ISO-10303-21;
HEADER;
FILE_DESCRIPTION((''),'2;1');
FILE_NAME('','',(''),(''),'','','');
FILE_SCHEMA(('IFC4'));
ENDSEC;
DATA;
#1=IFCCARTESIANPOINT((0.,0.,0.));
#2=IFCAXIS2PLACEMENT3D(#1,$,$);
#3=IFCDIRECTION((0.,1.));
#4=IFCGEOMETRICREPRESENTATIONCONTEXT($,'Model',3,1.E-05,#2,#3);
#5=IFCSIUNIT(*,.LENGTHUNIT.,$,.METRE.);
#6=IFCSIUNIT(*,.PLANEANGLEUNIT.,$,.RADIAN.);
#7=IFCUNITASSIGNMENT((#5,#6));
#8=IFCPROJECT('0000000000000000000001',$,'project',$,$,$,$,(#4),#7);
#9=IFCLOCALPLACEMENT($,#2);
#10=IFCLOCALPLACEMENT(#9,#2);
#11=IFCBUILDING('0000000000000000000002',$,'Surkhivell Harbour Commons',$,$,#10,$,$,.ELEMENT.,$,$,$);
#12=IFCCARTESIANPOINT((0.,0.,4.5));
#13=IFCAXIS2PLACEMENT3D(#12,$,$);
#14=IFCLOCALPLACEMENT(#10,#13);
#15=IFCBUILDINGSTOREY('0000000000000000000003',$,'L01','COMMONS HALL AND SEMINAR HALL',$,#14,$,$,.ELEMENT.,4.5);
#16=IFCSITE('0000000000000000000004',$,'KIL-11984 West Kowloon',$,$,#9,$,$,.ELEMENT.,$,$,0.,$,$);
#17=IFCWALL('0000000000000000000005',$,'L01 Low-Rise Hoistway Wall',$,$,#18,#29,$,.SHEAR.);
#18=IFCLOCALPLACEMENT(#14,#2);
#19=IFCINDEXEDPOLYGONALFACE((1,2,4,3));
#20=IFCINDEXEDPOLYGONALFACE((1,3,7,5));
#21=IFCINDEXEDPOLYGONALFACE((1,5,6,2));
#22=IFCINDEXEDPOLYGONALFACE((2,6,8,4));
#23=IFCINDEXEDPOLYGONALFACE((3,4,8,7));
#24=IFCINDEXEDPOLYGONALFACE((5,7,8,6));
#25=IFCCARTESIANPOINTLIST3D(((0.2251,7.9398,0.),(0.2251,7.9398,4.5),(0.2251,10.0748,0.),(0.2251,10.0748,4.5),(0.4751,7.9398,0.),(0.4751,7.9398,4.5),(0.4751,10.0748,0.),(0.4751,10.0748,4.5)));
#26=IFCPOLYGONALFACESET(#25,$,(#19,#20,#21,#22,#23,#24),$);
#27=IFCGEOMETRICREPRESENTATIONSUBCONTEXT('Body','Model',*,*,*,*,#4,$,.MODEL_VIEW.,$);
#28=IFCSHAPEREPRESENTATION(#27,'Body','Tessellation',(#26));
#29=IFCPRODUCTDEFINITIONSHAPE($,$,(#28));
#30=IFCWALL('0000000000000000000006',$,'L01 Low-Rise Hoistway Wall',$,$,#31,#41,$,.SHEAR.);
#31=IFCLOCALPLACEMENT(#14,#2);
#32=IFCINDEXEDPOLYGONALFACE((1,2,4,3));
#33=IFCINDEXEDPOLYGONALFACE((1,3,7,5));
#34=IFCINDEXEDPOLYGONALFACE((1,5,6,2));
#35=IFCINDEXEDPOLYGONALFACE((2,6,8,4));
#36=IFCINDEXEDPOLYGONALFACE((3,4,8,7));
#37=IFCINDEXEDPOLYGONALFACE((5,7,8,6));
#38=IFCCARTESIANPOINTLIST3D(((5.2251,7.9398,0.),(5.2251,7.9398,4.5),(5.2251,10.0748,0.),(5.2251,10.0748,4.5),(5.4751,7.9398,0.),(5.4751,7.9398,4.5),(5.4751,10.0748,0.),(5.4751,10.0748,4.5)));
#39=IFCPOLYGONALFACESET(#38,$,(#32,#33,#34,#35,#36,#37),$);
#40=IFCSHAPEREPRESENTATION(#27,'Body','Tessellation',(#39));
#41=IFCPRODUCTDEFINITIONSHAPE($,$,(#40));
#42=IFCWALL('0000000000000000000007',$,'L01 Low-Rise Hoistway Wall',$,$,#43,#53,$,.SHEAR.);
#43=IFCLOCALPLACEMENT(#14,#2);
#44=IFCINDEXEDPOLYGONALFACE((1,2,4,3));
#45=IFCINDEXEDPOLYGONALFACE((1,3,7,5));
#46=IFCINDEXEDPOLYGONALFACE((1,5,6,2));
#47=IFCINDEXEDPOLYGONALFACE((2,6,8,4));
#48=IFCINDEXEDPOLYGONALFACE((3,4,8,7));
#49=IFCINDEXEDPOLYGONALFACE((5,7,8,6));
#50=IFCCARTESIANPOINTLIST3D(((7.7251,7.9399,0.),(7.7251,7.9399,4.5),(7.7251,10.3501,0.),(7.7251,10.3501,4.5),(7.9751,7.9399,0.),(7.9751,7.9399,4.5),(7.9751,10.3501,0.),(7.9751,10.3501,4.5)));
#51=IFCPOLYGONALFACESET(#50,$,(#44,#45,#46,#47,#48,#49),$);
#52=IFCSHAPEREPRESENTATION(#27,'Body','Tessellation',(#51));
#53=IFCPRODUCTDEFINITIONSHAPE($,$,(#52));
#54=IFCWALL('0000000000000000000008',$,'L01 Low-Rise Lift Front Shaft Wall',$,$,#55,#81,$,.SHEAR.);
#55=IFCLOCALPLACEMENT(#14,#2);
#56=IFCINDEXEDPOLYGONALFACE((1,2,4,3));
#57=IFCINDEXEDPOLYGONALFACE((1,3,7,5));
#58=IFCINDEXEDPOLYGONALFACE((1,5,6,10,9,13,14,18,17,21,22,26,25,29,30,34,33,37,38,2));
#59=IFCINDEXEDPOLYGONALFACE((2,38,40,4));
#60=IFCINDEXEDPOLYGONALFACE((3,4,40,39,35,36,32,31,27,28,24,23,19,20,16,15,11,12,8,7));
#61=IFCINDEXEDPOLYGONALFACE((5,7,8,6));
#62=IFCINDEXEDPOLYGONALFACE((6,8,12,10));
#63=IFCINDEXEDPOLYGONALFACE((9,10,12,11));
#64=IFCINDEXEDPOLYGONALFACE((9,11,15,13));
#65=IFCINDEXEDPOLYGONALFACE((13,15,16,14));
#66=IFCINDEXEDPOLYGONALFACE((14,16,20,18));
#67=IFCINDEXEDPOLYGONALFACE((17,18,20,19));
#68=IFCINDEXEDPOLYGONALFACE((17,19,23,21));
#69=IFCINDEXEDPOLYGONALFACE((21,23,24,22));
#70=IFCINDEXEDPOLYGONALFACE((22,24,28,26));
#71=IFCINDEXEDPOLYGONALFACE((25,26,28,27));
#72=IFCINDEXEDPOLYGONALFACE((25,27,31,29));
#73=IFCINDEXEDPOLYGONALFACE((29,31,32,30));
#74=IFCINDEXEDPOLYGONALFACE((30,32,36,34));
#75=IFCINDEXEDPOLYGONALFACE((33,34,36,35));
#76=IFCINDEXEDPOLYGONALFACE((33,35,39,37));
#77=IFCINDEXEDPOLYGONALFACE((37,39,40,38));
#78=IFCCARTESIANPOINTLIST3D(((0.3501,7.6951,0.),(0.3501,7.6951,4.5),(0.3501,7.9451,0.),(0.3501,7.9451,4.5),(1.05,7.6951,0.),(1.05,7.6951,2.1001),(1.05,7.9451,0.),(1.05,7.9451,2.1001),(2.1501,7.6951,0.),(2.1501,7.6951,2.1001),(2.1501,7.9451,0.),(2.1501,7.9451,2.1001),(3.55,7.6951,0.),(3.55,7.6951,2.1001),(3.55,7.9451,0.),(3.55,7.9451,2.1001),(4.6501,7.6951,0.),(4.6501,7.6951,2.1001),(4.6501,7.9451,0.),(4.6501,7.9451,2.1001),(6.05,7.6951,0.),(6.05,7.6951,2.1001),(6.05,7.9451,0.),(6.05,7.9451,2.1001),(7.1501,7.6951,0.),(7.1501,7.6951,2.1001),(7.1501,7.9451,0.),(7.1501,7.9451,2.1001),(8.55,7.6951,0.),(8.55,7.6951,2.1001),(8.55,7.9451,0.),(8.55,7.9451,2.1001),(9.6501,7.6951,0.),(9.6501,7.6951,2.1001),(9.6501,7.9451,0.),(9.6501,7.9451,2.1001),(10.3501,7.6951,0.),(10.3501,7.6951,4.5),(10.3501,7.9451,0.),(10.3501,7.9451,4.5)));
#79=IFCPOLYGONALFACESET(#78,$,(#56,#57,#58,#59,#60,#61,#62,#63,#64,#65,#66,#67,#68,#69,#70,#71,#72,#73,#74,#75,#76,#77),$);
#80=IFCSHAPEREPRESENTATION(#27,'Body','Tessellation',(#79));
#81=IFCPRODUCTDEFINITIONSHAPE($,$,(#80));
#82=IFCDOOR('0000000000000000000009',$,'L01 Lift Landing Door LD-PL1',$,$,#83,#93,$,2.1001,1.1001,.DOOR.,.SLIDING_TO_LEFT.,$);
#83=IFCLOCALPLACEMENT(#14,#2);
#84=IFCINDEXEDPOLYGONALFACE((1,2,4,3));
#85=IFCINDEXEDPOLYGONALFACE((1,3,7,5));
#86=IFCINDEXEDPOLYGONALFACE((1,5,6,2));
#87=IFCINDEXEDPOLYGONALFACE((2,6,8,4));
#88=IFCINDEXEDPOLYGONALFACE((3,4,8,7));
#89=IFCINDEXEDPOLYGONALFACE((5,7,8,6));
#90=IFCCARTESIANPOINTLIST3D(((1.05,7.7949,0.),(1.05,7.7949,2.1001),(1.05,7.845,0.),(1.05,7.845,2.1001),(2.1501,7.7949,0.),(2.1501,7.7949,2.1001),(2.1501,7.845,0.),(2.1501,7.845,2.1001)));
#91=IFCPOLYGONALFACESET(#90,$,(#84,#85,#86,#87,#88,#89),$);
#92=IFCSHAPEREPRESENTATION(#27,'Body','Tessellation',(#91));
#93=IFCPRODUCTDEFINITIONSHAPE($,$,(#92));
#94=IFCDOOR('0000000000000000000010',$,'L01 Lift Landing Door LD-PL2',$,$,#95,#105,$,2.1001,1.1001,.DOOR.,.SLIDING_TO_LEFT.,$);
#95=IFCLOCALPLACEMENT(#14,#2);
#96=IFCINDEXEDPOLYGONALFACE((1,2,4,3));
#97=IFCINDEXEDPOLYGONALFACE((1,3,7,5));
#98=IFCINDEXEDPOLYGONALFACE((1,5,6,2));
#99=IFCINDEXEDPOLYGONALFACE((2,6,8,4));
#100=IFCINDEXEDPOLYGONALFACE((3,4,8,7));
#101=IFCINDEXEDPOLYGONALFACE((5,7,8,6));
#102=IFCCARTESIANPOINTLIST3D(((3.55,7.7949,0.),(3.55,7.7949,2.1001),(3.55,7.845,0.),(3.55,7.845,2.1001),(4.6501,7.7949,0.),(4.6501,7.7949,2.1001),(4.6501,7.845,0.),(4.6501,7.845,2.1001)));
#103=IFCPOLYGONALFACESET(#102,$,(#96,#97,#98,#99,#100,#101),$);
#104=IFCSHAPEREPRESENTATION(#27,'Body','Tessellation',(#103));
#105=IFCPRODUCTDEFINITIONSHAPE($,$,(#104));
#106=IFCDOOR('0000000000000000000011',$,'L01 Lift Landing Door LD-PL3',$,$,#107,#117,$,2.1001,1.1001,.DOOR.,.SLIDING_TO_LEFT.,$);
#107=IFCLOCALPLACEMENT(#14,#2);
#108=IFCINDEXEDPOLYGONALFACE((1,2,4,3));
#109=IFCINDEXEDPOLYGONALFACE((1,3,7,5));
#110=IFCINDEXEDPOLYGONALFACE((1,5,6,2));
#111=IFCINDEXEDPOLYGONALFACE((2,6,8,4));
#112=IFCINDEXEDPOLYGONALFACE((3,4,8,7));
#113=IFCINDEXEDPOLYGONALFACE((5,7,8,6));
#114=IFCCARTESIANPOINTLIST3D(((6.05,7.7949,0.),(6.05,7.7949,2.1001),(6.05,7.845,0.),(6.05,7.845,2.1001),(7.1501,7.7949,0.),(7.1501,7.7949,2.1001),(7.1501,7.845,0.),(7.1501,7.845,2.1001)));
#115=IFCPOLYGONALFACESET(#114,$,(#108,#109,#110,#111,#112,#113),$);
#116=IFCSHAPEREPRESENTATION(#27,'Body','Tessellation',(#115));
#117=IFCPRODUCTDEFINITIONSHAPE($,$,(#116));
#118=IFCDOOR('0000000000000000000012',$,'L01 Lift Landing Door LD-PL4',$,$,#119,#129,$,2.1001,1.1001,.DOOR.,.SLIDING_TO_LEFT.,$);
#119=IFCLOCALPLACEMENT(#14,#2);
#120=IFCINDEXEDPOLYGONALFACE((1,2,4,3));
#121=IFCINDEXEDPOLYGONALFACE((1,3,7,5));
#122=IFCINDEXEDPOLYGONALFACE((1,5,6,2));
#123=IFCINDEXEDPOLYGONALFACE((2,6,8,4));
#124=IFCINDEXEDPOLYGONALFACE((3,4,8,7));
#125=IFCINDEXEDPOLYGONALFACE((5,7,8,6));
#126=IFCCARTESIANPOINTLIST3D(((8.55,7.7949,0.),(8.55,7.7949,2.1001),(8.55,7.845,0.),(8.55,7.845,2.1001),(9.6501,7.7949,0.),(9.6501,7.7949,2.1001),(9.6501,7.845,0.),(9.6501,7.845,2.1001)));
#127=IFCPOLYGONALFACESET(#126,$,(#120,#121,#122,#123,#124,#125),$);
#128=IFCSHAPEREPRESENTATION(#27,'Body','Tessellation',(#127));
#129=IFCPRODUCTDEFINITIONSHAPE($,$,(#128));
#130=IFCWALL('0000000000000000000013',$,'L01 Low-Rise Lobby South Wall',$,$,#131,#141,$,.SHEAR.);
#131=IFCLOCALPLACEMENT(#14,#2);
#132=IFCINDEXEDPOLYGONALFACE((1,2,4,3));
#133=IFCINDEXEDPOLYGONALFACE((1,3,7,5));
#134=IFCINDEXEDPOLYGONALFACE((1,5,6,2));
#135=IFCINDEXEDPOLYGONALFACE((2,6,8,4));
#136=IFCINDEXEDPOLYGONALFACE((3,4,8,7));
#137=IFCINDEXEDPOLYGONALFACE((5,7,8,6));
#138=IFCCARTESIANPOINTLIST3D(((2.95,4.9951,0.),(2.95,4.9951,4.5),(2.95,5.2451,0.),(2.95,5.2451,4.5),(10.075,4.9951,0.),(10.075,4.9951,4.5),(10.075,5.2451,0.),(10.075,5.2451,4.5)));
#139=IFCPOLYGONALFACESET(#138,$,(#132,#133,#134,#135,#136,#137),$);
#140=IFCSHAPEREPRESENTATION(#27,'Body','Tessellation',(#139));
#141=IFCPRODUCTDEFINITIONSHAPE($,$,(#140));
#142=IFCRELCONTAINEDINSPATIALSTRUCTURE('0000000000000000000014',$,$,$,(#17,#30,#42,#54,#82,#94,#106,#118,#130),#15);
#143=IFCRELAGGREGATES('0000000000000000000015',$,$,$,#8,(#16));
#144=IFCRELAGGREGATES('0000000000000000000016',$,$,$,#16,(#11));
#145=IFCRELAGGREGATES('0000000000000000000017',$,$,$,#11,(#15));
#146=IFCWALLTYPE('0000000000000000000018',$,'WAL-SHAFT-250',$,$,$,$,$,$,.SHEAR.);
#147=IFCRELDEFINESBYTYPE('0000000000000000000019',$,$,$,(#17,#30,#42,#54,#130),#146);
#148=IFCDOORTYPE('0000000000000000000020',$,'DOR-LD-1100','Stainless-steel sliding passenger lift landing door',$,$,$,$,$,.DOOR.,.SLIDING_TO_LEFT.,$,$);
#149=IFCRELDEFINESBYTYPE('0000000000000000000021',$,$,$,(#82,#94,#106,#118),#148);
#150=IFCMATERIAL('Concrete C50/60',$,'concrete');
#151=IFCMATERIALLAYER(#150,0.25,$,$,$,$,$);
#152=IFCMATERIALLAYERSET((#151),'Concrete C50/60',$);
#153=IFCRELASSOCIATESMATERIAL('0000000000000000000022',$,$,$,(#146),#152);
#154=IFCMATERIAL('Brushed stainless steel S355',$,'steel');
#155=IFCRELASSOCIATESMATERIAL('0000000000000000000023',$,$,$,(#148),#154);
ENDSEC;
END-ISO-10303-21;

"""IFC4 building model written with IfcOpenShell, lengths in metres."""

from ifc_helpers import new_model, si_unit, direction, frame, frame_2d, origin, place, context, subcontext, project, spatial, rectangle, extrude, material, layer, layer_set, type_object, element, fill, save


model = new_model("IFC4")

# Units and contexts
model_context = context("Model", 3, precision=1e-05, world=origin(), true_north=direction((0.0, 1.0)))
body_context = subcontext(model_context, "Body", "Model", "MODEL_VIEW")
ifc_project = project(units=[si_unit("LENGTHUNIT", "METRE"), si_unit("PLANEANGLEUNIT", "RADIAN")], contexts=[model_context])

# Site, building, storey
site_placement = place(None, origin())
site = spatial("IfcSite", under=ifc_project, at=site_placement, Name="KIL-11984 West Kowloon", CompositionType="ELEMENT", RefElevation=0.0)
building_placement = place(site_placement, origin())
building = spatial("IfcBuilding", under=site, at=building_placement, Name="Surkhivell Harbour Commons", CompositionType="ELEMENT")
storey_placement = place(building_placement, frame((0.0, 0.0, 4.5)))
storey = spatial("IfcBuildingStorey", under=building, at=storey_placement, Name="L01", Description="COMMONS HALL AND SEMINAR HALL", CompositionType="ELEMENT", Elevation=4.5)

# Walls
ifc_material_1 = material(Name="Concrete C50/60", Category="concrete")
ifc_layer_1 = layer(ifc_material_1, 0.25)
ifc_layer_set_1 = layer_set([ifc_layer_1], Name="Concrete C50/60")
wall_type_1 = type_object("IfcWallType", Name="WAL-SHAFT-250", PredefinedType="SHEAR", material=ifc_layer_set_1)
for number, where, z_axis, x_axis, name in (
    (1, (0.3501, 7.9399, 0.0), (0.0, 0.0, 1.0), (0.0, 1.0, 0.0), "L01 Low-Rise Hoistway Wall"),
    (2, (5.3501, 7.9399, 0.0), (0.0, 0.0, 1.0), (0.0, 1.0, 0.0), "L01 Low-Rise Hoistway Wall"),
):
    element("IfcWall", number, at=place(storey_placement, frame(where, z_axis=z_axis, x_axis=x_axis)), inside=storey, type_object=wall_type_1, Name=name, PredefinedType="SHEAR", context=body_context, shape_type="SweptSolid", body=[
        extrude(rectangle(XDim=2.135, YDim=0.25, at=frame_2d((1.0674, 0.0))), origin(), (0.0, 0.0, 1.0), 4.5),
    ])
wall_1_placement = place(storey_placement, frame((7.8501, 7.9399, 0.0), z_axis=(0.0, 0.0, 1.0), x_axis=(0.0, 1.0, 0.0)))
element("IfcWall", 3, at=wall_1_placement, inside=storey, type_object=wall_type_1, Name="L01 Low-Rise Hoistway Wall", PredefinedType="SHEAR", context=body_context, shape_type="SweptSolid", body=[
    extrude(rectangle(XDim=2.4102, YDim=0.25, at=frame_2d((1.2051, 0.0))), origin(), (0.0, 0.0, 1.0), 4.5),
])

# Wall, openings, doors
wall_2_placement = place(storey_placement, frame((0.3501, 7.8201, 0.0), z_axis=(0.0, 0.0, 1.0), x_axis=(1.0, 0.0, 0.0)))
wall_2 = element("IfcWall", 4, at=wall_2_placement, inside=storey, type_object=wall_type_1, Name="L01 Low-Rise Lift Front Shaft Wall", PredefinedType="SHEAR", context=body_context, shape_type="SweptSolid", body=[
    extrude(rectangle(XDim=10.0, YDim=0.25, at=frame_2d((5.0, 0.0))), origin(), (0.0, 0.0, 1.0), 4.5),
])
opening_1_placement = place(wall_2_placement, frame((0.7, 0.0, 0.0)))
opening_1 = element("IfcOpeningElement", 5, at=opening_1_placement, cuts=wall_2, PredefinedType="OPENING", context=body_context, shape_type="SweptSolid", body=[
    extrude(rectangle(XDim=1.1001, YDim=2.1001, at=frame_2d((0.55, 1.05))), frame((0.0, 0.135, 0.0), z_axis=(0.0, -1.0, 0.0), x_axis=(1.0, 0.0, 0.0)), (0.0, 0.0, 1.0), 0.27),
])
opening_2_placement = place(wall_2_placement, frame((3.2, 0.0, 0.0)))
opening_2 = element("IfcOpeningElement", 6, at=opening_2_placement, cuts=wall_2, PredefinedType="OPENING", context=body_context, shape_type="SweptSolid", body=[
    extrude(rectangle(XDim=1.1001, YDim=2.1001, at=frame_2d((0.55, 1.05))), frame((0.0, 0.135, 0.0), z_axis=(0.0, -1.0, 0.0), x_axis=(1.0, 0.0, 0.0)), (0.0, 0.0, 1.0), 0.27),
])
opening_3_placement = place(wall_2_placement, frame((5.7, 0.0, 0.0)))
opening_3 = element("IfcOpeningElement", 7, at=opening_3_placement, cuts=wall_2, PredefinedType="OPENING", context=body_context, shape_type="SweptSolid", body=[
    extrude(rectangle(XDim=1.1001, YDim=2.1001, at=frame_2d((0.55, 1.05))), frame((0.0, 0.135, 0.0), z_axis=(0.0, -1.0, 0.0), x_axis=(1.0, 0.0, 0.0)), (0.0, 0.0, 1.0), 0.27),
])
opening_4_placement = place(wall_2_placement, frame((8.2, 0.0, 0.0)))
opening_4 = element("IfcOpeningElement", 8, at=opening_4_placement, cuts=wall_2, PredefinedType="OPENING", context=body_context, shape_type="SweptSolid", body=[
    extrude(rectangle(XDim=1.1001, YDim=2.1001, at=frame_2d((0.55, 1.05))), frame((0.0, 0.135, 0.0), z_axis=(0.0, -1.0, 0.0), x_axis=(1.0, 0.0, 0.0)), (0.0, 0.0, 1.0), 0.27),
])
ifc_material_2 = material(Name="Brushed stainless steel S355", Category="steel")
door_type = type_object("IfcDoorType", Name="DOR-LD-1100", Description="Stainless-steel sliding passenger lift landing door", OperationType="SLIDING_TO_LEFT", PredefinedType="DOOR", material=ifc_material_2)
door_1_placement = place(opening_1_placement, origin())
door_1 = element("IfcDoor", 9, at=door_1_placement, inside=storey, type_object=door_type, Name="L01 Lift Landing Door LD-PL1", OperationType="SLIDING_TO_LEFT", OverallHeight=2.1001, OverallWidth=1.1001, PredefinedType="DOOR", context=body_context, shape_type="SweptSolid", body=[
    extrude(rectangle(XDim=1.1001, YDim=2.1001, at=frame_2d((0.55, 1.05))), frame((0.0, 0.0249, 0.0), z_axis=(0.0, -1.0, 0.0), x_axis=(1.0, 0.0, 0.0)), (0.0, 0.0, 1.0), 0.05),
])
fill(opening_1, door_1)
door_2_placement = place(opening_2_placement, origin())
door_2 = element("IfcDoor", 10, at=door_2_placement, inside=storey, type_object=door_type, Name="L01 Lift Landing Door LD-PL2", OperationType="SLIDING_TO_LEFT", OverallHeight=2.1001, OverallWidth=1.1001, PredefinedType="DOOR", context=body_context, shape_type="SweptSolid", body=[
    extrude(rectangle(XDim=1.1001, YDim=2.1001, at=frame_2d((0.55, 1.05))), frame((0.0, 0.0249, 0.0), z_axis=(0.0, -1.0, 0.0), x_axis=(1.0, 0.0, 0.0)), (0.0, 0.0, 1.0), 0.05),
])
fill(opening_2, door_2)
door_3_placement = place(opening_3_placement, origin())
door_3 = element("IfcDoor", 11, at=door_3_placement, inside=storey, type_object=door_type, Name="L01 Lift Landing Door LD-PL3", OperationType="SLIDING_TO_LEFT", OverallHeight=2.1001, OverallWidth=1.1001, PredefinedType="DOOR", context=body_context, shape_type="SweptSolid", body=[
    extrude(rectangle(XDim=1.1001, YDim=2.1001, at=frame_2d((0.55, 1.05))), frame((0.0, 0.0249, 0.0), z_axis=(0.0, -1.0, 0.0), x_axis=(1.0, 0.0, 0.0)), (0.0, 0.0, 1.0), 0.05),
])
fill(opening_3, door_3)
door_4_placement = place(opening_4_placement, origin())
door_4 = element("IfcDoor", 12, at=door_4_placement, inside=storey, type_object=door_type, Name="L01 Lift Landing Door LD-PL4", OperationType="SLIDING_TO_LEFT", OverallHeight=2.1001, OverallWidth=1.1001, PredefinedType="DOOR", context=body_context, shape_type="SweptSolid", body=[
    extrude(rectangle(XDim=1.1001, YDim=2.1001, at=frame_2d((0.55, 1.05))), frame((0.0, 0.0249, 0.0), z_axis=(0.0, -1.0, 0.0), x_axis=(1.0, 0.0, 0.0)), (0.0, 0.0, 1.0), 0.05),
])
fill(opening_4, door_4)

# Wall
wall_3_placement = place(storey_placement, frame((2.95, 5.1201, 0.0), z_axis=(0.0, 0.0, 1.0), x_axis=(1.0, 0.0, 0.0)))
element("IfcWall", 13, at=wall_3_placement, inside=storey, type_object=wall_type_1, Name="L01 Low-Rise Lobby South Wall", PredefinedType="SHEAR", context=body_context, shape_type="SweptSolid", body=[
    extrude(rectangle(XDim=7.125, YDim=0.25, at=frame_2d((3.5625, 0.0))), origin(), (0.0, 0.0, 1.0), 4.5),
])

save(model, "model.ifc")
